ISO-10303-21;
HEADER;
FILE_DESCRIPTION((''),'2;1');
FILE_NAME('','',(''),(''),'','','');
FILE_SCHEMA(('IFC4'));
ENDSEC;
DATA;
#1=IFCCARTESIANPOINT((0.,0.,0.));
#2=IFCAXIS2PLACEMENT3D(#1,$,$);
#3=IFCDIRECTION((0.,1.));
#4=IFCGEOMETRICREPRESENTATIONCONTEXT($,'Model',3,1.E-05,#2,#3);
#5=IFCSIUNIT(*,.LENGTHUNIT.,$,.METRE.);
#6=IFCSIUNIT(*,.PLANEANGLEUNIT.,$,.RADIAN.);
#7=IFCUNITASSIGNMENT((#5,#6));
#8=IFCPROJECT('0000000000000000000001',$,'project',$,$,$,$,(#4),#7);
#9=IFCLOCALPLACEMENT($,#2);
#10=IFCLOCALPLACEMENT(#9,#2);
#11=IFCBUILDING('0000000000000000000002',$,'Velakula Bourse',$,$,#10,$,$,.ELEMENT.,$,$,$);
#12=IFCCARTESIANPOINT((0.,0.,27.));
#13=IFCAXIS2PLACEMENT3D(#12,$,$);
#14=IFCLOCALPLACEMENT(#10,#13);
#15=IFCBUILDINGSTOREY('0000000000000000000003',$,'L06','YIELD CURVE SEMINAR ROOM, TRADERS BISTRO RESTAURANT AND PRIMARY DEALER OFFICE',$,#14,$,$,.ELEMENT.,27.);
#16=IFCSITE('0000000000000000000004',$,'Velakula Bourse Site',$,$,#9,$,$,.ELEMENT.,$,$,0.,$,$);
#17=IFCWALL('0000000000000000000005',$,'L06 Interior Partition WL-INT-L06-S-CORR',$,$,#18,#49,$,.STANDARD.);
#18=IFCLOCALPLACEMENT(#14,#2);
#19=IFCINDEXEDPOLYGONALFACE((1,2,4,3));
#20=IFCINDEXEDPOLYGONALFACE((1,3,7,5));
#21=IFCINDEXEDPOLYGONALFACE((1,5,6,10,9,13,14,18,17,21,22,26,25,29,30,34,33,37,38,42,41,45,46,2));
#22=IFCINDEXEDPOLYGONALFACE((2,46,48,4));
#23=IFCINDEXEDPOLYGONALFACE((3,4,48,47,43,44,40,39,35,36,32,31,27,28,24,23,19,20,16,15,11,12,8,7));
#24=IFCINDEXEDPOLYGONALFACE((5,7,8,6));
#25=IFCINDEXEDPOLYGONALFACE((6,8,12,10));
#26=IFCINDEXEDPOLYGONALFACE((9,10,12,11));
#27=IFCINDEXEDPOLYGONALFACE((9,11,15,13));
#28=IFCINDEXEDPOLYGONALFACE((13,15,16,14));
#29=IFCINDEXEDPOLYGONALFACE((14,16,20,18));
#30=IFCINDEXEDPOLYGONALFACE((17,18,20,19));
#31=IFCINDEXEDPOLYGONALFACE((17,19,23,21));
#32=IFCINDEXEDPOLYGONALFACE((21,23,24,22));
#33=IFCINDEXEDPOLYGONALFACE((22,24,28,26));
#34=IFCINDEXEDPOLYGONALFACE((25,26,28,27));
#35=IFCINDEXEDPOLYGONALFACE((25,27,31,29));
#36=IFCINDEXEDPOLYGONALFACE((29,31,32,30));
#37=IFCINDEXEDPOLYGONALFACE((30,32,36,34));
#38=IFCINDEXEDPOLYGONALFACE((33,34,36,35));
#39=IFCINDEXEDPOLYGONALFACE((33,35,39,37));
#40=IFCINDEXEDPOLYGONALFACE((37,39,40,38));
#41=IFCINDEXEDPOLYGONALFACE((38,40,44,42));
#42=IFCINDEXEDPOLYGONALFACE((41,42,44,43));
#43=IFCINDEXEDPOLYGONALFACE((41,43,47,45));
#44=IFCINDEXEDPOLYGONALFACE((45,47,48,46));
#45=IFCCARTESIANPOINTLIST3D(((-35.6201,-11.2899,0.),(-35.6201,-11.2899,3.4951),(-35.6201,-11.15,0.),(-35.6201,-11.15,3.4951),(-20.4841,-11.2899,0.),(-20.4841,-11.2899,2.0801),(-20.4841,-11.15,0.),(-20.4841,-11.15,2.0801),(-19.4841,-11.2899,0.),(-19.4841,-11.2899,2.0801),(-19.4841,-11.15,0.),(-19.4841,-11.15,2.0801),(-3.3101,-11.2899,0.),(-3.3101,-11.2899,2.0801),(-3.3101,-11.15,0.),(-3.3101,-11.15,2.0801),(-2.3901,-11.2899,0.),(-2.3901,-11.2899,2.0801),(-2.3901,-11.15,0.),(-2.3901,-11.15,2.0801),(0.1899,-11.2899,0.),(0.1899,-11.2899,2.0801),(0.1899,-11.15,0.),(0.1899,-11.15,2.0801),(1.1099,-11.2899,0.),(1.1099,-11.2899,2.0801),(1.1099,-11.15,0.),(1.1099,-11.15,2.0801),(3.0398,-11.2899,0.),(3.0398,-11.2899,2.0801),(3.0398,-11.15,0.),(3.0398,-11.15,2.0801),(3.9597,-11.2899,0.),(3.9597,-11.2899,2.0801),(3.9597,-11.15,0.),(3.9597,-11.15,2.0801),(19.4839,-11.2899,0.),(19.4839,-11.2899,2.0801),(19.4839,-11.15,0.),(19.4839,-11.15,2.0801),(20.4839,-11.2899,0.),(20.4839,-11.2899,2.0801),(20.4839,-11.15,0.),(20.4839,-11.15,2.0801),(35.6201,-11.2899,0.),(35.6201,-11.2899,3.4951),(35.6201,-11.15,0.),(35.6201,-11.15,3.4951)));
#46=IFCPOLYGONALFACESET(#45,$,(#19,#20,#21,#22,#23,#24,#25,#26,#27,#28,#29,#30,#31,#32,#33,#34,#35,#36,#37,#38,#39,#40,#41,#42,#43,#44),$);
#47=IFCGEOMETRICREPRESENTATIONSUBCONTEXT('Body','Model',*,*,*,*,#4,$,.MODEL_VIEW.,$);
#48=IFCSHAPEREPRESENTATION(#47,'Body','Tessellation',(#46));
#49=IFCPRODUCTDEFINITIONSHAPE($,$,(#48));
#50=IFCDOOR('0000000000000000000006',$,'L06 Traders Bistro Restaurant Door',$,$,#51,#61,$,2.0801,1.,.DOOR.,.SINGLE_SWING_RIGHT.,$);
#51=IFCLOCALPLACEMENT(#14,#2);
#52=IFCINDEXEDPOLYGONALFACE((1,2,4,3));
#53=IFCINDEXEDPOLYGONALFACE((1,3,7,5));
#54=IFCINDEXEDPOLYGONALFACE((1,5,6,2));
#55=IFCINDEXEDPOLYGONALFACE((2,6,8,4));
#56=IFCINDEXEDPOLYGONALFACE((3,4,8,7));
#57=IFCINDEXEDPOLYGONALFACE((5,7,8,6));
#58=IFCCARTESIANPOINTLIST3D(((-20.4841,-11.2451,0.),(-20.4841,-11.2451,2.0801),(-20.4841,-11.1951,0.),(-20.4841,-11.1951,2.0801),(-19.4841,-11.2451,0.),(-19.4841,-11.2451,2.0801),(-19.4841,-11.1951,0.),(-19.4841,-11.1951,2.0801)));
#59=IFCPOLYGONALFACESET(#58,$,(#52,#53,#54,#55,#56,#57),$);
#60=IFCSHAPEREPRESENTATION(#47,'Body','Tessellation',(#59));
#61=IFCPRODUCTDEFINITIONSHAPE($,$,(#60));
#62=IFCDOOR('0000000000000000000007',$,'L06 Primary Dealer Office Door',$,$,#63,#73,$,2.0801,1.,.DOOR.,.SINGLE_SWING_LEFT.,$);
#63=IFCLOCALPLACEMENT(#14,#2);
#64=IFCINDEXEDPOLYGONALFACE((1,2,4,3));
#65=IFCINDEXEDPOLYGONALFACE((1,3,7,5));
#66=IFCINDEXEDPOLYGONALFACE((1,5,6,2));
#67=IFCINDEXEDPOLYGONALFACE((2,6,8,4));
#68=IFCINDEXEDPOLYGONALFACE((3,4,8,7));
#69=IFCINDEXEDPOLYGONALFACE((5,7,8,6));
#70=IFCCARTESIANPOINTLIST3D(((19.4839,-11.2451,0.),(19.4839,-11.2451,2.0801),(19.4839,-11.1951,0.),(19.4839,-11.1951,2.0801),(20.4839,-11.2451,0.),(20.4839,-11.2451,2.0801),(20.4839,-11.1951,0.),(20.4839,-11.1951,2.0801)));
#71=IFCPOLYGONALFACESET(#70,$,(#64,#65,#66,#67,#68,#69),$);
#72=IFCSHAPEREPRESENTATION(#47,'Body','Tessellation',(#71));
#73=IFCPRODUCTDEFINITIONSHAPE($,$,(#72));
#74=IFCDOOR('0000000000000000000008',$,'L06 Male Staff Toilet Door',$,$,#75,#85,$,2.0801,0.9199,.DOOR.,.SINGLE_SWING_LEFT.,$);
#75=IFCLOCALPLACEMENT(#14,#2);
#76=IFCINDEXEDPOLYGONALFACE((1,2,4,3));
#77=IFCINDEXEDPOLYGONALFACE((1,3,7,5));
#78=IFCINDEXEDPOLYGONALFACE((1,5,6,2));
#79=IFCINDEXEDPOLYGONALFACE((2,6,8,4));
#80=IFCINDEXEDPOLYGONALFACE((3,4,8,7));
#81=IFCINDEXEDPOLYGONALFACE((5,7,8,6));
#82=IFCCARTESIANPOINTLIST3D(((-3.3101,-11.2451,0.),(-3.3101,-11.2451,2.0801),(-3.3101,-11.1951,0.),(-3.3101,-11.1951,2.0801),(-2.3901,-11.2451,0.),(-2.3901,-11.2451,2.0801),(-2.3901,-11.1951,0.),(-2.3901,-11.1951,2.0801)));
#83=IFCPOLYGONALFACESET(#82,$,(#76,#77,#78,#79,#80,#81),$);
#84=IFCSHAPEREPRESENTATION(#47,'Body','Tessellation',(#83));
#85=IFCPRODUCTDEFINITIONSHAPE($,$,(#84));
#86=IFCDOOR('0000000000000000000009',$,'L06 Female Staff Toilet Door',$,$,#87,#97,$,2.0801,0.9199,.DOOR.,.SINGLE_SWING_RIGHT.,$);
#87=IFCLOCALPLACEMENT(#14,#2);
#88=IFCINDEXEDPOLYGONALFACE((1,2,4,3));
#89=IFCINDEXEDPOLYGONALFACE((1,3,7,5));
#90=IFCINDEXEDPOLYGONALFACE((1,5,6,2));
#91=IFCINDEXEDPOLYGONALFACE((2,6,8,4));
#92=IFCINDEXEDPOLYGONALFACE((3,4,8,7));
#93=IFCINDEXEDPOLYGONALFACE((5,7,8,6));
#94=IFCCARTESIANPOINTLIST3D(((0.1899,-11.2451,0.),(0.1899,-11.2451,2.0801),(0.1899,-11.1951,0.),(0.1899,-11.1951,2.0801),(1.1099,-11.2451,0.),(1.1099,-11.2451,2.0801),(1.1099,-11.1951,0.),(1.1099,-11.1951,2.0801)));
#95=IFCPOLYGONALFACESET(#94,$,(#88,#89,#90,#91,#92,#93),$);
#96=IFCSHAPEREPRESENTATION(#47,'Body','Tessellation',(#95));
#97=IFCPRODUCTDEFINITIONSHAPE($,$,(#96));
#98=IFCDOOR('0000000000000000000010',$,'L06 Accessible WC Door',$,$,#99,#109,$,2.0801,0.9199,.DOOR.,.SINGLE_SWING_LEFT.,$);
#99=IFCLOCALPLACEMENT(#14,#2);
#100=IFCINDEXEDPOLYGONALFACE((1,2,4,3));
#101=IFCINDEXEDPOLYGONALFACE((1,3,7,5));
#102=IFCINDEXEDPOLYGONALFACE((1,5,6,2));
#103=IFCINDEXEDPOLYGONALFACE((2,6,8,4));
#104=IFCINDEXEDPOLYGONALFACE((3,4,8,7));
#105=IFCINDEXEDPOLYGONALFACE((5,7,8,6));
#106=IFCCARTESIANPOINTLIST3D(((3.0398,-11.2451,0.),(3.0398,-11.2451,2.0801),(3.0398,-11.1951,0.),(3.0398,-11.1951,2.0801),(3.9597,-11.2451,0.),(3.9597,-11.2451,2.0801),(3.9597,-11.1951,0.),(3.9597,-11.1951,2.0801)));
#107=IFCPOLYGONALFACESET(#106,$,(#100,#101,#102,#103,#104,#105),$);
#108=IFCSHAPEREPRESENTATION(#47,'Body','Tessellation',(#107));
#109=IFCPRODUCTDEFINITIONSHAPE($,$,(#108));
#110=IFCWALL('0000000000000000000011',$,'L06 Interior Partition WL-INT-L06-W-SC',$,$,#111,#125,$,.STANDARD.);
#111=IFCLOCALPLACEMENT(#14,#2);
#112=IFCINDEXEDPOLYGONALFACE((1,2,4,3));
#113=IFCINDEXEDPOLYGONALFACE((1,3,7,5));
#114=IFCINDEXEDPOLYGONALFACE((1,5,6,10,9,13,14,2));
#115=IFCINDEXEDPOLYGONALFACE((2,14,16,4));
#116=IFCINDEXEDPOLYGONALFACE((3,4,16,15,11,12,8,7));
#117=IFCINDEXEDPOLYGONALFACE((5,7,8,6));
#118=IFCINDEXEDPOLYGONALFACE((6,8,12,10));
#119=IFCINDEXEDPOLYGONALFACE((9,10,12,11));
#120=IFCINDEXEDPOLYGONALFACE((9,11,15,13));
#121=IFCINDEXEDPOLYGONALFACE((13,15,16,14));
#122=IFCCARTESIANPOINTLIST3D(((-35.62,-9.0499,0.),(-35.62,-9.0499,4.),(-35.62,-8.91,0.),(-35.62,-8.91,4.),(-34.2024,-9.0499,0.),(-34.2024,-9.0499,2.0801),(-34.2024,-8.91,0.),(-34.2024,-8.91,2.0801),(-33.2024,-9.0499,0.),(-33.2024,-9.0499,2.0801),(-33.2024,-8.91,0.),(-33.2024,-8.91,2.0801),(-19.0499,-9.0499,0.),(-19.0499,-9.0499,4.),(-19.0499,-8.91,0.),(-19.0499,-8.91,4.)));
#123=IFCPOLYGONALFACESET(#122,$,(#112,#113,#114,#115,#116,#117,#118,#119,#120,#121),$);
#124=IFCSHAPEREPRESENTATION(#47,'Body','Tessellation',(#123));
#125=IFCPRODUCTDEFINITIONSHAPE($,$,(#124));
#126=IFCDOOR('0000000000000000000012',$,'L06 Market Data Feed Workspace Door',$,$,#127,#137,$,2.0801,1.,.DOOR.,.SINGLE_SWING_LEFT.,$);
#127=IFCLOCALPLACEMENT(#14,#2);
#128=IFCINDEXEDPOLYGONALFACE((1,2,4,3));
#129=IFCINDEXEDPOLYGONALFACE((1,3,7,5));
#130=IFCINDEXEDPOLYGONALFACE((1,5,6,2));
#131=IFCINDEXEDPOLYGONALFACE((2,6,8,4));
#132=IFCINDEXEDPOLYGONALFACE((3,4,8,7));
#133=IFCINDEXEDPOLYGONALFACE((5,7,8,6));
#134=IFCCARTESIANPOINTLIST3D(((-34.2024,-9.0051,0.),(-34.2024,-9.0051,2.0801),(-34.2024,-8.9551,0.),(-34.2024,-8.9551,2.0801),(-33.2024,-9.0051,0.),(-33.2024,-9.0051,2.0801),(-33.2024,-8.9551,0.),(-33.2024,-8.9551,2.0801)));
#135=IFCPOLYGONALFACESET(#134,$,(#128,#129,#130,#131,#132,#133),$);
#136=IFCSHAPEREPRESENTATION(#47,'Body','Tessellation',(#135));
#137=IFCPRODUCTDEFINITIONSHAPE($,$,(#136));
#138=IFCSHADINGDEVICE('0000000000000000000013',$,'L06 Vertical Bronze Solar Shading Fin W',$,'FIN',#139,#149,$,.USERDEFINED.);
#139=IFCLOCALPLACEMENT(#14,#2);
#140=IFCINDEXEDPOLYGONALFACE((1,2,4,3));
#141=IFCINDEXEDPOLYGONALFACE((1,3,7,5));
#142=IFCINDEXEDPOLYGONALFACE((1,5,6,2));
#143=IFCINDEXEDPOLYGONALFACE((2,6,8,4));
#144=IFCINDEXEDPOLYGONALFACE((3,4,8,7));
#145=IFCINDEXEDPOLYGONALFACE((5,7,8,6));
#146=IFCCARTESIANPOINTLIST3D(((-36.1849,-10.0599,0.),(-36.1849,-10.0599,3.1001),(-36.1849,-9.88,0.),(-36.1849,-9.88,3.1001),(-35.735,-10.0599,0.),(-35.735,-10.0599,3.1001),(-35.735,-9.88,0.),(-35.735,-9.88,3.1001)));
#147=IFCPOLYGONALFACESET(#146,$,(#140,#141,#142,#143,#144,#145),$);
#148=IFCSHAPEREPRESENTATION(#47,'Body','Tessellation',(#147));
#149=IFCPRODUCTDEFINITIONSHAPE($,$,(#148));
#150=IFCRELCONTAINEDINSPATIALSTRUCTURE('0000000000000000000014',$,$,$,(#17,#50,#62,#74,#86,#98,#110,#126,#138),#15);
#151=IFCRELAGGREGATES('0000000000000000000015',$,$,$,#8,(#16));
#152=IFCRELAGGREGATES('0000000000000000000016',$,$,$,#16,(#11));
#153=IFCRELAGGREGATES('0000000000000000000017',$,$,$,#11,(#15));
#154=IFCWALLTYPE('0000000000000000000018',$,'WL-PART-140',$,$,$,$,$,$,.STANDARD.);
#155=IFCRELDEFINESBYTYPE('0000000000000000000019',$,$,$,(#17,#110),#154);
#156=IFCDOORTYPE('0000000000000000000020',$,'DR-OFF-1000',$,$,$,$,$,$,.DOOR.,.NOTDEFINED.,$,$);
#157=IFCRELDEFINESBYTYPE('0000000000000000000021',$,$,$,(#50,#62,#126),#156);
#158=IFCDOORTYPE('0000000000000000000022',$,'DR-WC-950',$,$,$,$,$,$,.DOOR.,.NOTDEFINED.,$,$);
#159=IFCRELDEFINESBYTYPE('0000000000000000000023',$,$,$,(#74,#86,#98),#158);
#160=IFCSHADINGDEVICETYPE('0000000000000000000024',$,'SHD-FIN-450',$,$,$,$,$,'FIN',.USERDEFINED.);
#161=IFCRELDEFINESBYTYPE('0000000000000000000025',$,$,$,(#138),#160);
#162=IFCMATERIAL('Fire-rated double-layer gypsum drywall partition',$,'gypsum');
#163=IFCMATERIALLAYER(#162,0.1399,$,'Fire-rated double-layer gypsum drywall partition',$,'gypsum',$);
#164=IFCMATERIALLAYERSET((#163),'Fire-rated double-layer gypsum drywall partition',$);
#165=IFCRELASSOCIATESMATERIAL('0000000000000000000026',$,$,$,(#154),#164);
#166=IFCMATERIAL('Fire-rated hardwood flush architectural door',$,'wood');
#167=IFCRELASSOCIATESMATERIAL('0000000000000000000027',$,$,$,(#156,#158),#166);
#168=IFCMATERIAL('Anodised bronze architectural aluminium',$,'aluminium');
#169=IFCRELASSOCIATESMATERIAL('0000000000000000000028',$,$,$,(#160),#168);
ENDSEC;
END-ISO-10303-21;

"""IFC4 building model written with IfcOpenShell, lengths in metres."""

from ifc_helpers import new_model, si_unit, direction, frame, frame_2d, origin, origin_2d, place, context, subcontext, project, spatial, rectangle, extrude, material, layer, layer_set, type_object, element, fill, save


model = new_model("IFC4")

# Units and contexts
model_context = context("Model", 3, precision=1e-05, world=origin(), true_north=direction((0.0, 1.0)))
body_context = subcontext(model_context, "Body", "Model", "MODEL_VIEW")
ifc_project = project(units=[si_unit("LENGTHUNIT", "METRE"), si_unit("PLANEANGLEUNIT", "RADIAN")], contexts=[model_context])

# Site, building, storey
site_placement = place(None, origin())
site = spatial("IfcSite", under=ifc_project, at=site_placement, Name="Velakula Bourse Site", CompositionType="ELEMENT", RefElevation=0.0)
building_placement = place(site_placement, origin())
building = spatial("IfcBuilding", under=site, at=building_placement, Name="Velakula Bourse", CompositionType="ELEMENT")
storey_placement = place(building_placement, frame((0.0, 0.0, 27.0)))
storey = spatial("IfcBuildingStorey", under=building, at=storey_placement, Name="L06", Description="YIELD CURVE SEMINAR ROOM, TRADERS BISTRO RESTAURANT AND PRIMARY DEALER OFFICE", CompositionType="ELEMENT", Elevation=27.0)

# Shared definitions
ifc_material_1 = material(Name="Fire-rated double-layer gypsum drywall partition", Category="gypsum")

# Wall, openings, doors
ifc_layer_1 = layer(ifc_material_1, 0.1399, Name="Fire-rated double-layer gypsum drywall partition", Category="gypsum")
ifc_layer_set_1 = layer_set([ifc_layer_1], Name="Fire-rated double-layer gypsum drywall partition")
wall_type_1 = type_object("IfcWallType", Name="WL-PART-140", PredefinedType="STANDARD", material=ifc_layer_set_1)
wall_1_placement = place(storey_placement, frame((-35.6201, -11.22, 0.0), z_axis=(0.0, 0.0, 1.0), x_axis=(1.0, 0.0, 0.0)))
wall_1 = element("IfcWall", 1, at=wall_1_placement, inside=storey, type_object=wall_type_1, Name="L06 Interior Partition WL-INT-L06-S-CORR", PredefinedType="STANDARD", context=body_context, shape_type="SweptSolid", body=[
    extrude(rectangle(XDim=71.2402, YDim=0.1399, at=frame_2d((35.6201, 0.0))), origin(), (0.0, 0.0, 1.0), 3.4951),
])
opening_1_placement = place(wall_1_placement, frame((32.3101, 0.0, 0.0)))
opening_1 = element("IfcOpeningElement", 2, at=opening_1_placement, cuts=wall_1, PredefinedType="OPENING", context=body_context, shape_type="SweptSolid", body=[
    extrude(rectangle(XDim=0.9199, YDim=2.0801, at=frame_2d((0.46, 1.04))), frame((0.0, 0.0798, 0.0), z_axis=(0.0, -1.0, 0.0), x_axis=(1.0, 0.0, 0.0)), (0.0, 0.0, 1.0), 0.1599),
])
opening_2_placement = place(wall_1_placement, frame((35.8101, 0.0, 0.0)))
opening_2 = element("IfcOpeningElement", 3, at=opening_2_placement, cuts=wall_1, PredefinedType="OPENING", context=body_context, shape_type="SweptSolid", body=[
    extrude(rectangle(XDim=0.9199, YDim=2.0801, at=frame_2d((0.46, 1.04))), frame((0.0, 0.0798, 0.0), z_axis=(0.0, -1.0, 0.0), x_axis=(1.0, 0.0, 0.0)), (0.0, 0.0, 1.0), 0.1599),
])
opening_3_placement = place(wall_1_placement, frame((38.6599, 0.0, 0.0)))
opening_3 = element("IfcOpeningElement", 4, at=opening_3_placement, cuts=wall_1, PredefinedType="OPENING", context=body_context, shape_type="SweptSolid", body=[
    extrude(rectangle(XDim=0.9199, YDim=2.0801, at=frame_2d((0.46, 1.04))), frame((0.0, 0.0798, 0.0), z_axis=(0.0, -1.0, 0.0), x_axis=(1.0, 0.0, 0.0)), (0.0, 0.0, 1.0), 0.1599),
])
opening_4_placement = place(wall_1_placement, frame((15.136, 0.0, 0.0)))
opening_4 = element("IfcOpeningElement", 5, at=opening_4_placement, cuts=wall_1, PredefinedType="OPENING", context=body_context, shape_type="SweptSolid", body=[
    extrude(rectangle(XDim=1.0, YDim=2.0801, at=frame_2d((0.5, 1.04))), frame((0.0, 0.0798, 0.0), z_axis=(0.0, -1.0, 0.0), x_axis=(1.0, 0.0, 0.0)), (0.0, 0.0, 1.0), 0.1599),
])
opening_5_placement = place(wall_1_placement, frame((55.104, 0.0, 0.0)))
opening_5 = element("IfcOpeningElement", 6, at=opening_5_placement, cuts=wall_1, PredefinedType="OPENING", context=body_context, shape_type="SweptSolid", body=[
    extrude(rectangle(XDim=1.0, YDim=2.0801, at=frame_2d((0.5, 1.04))), frame((0.0, 0.0798, 0.0), z_axis=(0.0, -1.0, 0.0), x_axis=(1.0, 0.0, 0.0)), (0.0, 0.0, 1.0), 0.1599),
])
ifc_material_2 = material(Name="Fire-rated hardwood flush architectural door", Category="wood")
door_type_1 = type_object("IfcDoorType", Name="DR-OFF-1000", OperationType="NOTDEFINED", PredefinedType="DOOR", material=ifc_material_2)
door_1_placement = place(opening_4_placement, origin())
door_1 = element("IfcDoor", 7, at=door_1_placement, inside=storey, type_object=door_type_1, Name="L06 Traders Bistro Restaurant Door", OperationType="SINGLE_SWING_RIGHT", OverallHeight=2.0801, OverallWidth=1.0, PredefinedType="DOOR", context=body_context, shape_type="SweptSolid", body=[
    extrude(rectangle(XDim=1.0, YDim=2.0801, at=frame_2d((0.5, 1.04))), frame((0.0, 0.0249, 0.0), z_axis=(0.0, -1.0, 0.0), x_axis=(1.0, 0.0, 0.0)), (0.0, 0.0, 1.0), 0.05),
])
fill(opening_4, door_1)
door_2_placement = place(opening_5_placement, origin())
door_2 = element("IfcDoor", 8, at=door_2_placement, inside=storey, type_object=door_type_1, Name="L06 Primary Dealer Office Door", OperationType="SINGLE_SWING_LEFT", OverallHeight=2.0801, OverallWidth=1.0, PredefinedType="DOOR", context=body_context, shape_type="SweptSolid", body=[
    extrude(rectangle(XDim=1.0, YDim=2.0801, at=frame_2d((0.5, 1.04))), frame((0.0, 0.0249, 0.0), z_axis=(0.0, -1.0, 0.0), x_axis=(1.0, 0.0, 0.0)), (0.0, 0.0, 1.0), 0.05),
])
fill(opening_5, door_2)
door_type_2 = type_object("IfcDoorType", Name="DR-WC-950", OperationType="NOTDEFINED", PredefinedType="DOOR", material=ifc_material_2)
door_3_placement = place(opening_1_placement, origin())
door_3 = element("IfcDoor", 9, at=door_3_placement, inside=storey, type_object=door_type_2, Name="L06 Male Staff Toilet Door", OperationType="SINGLE_SWING_LEFT", OverallHeight=2.0801, OverallWidth=0.9199, PredefinedType="DOOR", context=body_context, shape_type="SweptSolid", body=[
    extrude(rectangle(XDim=0.9199, YDim=2.0801, at=frame_2d((0.46, 1.04))), frame((0.0, 0.0249, 0.0), z_axis=(0.0, -1.0, 0.0), x_axis=(1.0, 0.0, 0.0)), (0.0, 0.0, 1.0), 0.05),
])
fill(opening_1, door_3)
door_4_placement = place(opening_2_placement, origin())
door_4 = element("IfcDoor", 10, at=door_4_placement, inside=storey, type_object=door_type_2, Name="L06 Female Staff Toilet Door", OperationType="SINGLE_SWING_RIGHT", OverallHeight=2.0801, OverallWidth=0.9199, PredefinedType="DOOR", context=body_context, shape_type="SweptSolid", body=[
    extrude(rectangle(XDim=0.9199, YDim=2.0801, at=frame_2d((0.46, 1.04))), frame((0.0, 0.0249, 0.0), z_axis=(0.0, -1.0, 0.0), x_axis=(1.0, 0.0, 0.0)), (0.0, 0.0, 1.0), 0.05),
])
fill(opening_2, door_4)
door_5_placement = place(opening_3_placement, origin())
door_5 = element("IfcDoor", 11, at=door_5_placement, inside=storey, type_object=door_type_2, Name="L06 Accessible WC Door", OperationType="SINGLE_SWING_LEFT", OverallHeight=2.0801, OverallWidth=0.9199, PredefinedType="DOOR", context=body_context, shape_type="SweptSolid", body=[
    extrude(rectangle(XDim=0.9199, YDim=2.0801, at=frame_2d((0.46, 1.04))), frame((0.0, 0.0249, 0.0), z_axis=(0.0, -1.0, 0.0), x_axis=(1.0, 0.0, 0.0)), (0.0, 0.0, 1.0), 0.05),
])
fill(opening_3, door_5)

# Wall, opening, door
wall_2_placement = place(storey_placement, frame((-35.6201, -8.98, 0.0), z_axis=(0.0, 0.0, 1.0), x_axis=(1.0, 0.0, 0.0)))
wall_2 = element("IfcWall", 12, at=wall_2_placement, inside=storey, type_object=wall_type_1, Name="L06 Interior Partition WL-INT-L06-W-SC", PredefinedType="STANDARD", context=body_context, shape_type="SweptSolid", body=[
    extrude(rectangle(XDim=16.5701, YDim=0.1399, at=frame_2d((8.2852, 0.0))), origin(), (0.0, 0.0, 1.0), 4.0),
])
opening_6_placement = place(wall_2_placement, frame((1.4177, 0.0, 0.0)))
opening_6 = element("IfcOpeningElement", 13, at=opening_6_placement, cuts=wall_2, PredefinedType="OPENING", context=body_context, shape_type="SweptSolid", body=[
    extrude(rectangle(XDim=1.0, YDim=2.0801, at=frame_2d((0.5, 1.04))), frame((0.0, 0.0798, 0.0), z_axis=(0.0, -1.0, 0.0), x_axis=(1.0, 0.0, 0.0)), (0.0, 0.0, 1.0), 0.1599),
])
door_6_placement = place(opening_6_placement, origin())
door_6 = element("IfcDoor", 14, at=door_6_placement, inside=storey, type_object=door_type_1, Name="L06 Market Data Feed Workspace Door", OperationType="SINGLE_SWING_LEFT", OverallHeight=2.0801, OverallWidth=1.0, PredefinedType="DOOR", context=body_context, shape_type="SweptSolid", body=[
    extrude(rectangle(XDim=1.0, YDim=2.0801, at=frame_2d((0.5, 1.04))), frame((0.0, 0.0249, 0.0), z_axis=(0.0, -1.0, 0.0), x_axis=(1.0, 0.0, 0.0)), (0.0, 0.0, 1.0), 0.05),
])
fill(opening_6, door_6)

# Shading device
ifc_material_3 = material(Name="Anodised bronze architectural aluminium", Category="aluminium")
shading_device_type = type_object("IfcShadingDeviceType", Name="SHD-FIN-450", ElementType="FIN", PredefinedType="USERDEFINED", material=ifc_material_3)
shading_device_placement = place(storey_placement, frame((-35.96, -9.97, 0.0), z_axis=(0.0, 0.0, 1.0), x_axis=(1.0, 0.0, 0.0)))
element("IfcShadingDevice", 15, at=shading_device_placement, inside=storey, type_object=shading_device_type, Name="L06 Vertical Bronze Solar Shading Fin W", ObjectType="FIN", PredefinedType="USERDEFINED", context=body_context, shape_type="SweptSolid", body=[
    extrude(rectangle(XDim=0.45, YDim=0.1799, at=origin_2d()), origin(), (0.0, 0.0, 1.0), 3.1001),
])

save(model, "model.ifc")
